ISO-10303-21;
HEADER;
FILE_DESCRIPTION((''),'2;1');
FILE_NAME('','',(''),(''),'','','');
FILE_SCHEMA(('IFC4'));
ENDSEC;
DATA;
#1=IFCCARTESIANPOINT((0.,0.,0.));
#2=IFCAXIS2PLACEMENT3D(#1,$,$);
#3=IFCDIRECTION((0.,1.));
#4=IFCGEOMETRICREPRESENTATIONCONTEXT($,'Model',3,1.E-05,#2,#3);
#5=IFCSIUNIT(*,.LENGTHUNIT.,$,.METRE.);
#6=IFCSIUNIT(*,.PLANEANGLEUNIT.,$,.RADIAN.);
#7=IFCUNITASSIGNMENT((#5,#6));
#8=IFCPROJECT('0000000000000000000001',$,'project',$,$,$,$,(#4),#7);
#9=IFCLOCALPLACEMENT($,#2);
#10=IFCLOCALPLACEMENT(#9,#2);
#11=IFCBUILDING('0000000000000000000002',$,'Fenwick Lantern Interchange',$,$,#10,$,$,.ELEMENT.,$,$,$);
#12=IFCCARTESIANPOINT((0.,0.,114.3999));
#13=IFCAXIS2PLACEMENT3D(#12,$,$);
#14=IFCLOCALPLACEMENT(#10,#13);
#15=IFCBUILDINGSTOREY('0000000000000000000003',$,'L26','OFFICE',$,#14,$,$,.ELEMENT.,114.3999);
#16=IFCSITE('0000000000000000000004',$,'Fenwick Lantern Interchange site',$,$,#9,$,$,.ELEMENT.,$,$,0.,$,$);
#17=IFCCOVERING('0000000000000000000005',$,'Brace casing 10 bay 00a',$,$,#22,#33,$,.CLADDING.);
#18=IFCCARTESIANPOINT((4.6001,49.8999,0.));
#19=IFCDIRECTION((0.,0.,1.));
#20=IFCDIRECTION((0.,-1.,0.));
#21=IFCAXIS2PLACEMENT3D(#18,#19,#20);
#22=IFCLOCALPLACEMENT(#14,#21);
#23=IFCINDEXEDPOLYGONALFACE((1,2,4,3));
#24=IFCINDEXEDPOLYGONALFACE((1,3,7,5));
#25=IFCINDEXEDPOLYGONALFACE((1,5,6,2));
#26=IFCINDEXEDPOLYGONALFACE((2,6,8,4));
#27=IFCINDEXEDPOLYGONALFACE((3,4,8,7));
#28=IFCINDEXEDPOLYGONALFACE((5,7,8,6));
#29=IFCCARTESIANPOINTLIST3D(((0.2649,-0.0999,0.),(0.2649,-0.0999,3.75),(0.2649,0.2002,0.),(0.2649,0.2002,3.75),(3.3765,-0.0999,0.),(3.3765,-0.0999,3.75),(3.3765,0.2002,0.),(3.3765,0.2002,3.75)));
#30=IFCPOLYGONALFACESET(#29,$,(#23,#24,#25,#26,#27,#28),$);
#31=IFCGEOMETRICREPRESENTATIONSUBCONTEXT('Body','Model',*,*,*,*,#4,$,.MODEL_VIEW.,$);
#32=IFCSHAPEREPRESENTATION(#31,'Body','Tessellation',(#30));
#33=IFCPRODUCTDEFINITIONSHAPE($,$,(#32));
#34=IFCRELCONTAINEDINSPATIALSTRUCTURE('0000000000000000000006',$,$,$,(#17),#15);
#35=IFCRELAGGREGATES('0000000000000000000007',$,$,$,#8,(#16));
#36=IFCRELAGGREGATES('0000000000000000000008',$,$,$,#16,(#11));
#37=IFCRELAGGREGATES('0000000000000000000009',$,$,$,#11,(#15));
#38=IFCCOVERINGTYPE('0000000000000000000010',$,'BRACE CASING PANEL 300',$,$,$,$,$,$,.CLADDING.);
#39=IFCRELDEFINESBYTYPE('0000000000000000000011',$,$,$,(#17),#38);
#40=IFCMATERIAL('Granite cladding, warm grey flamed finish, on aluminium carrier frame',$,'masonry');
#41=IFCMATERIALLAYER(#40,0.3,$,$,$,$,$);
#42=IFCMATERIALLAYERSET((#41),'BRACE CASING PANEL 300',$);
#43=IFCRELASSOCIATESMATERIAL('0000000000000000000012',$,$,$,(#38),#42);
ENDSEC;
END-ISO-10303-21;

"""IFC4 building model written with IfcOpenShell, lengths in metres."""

from ifc_helpers import new_model, si_unit, direction, frame, origin, place, context, subcontext, project, spatial, polyline, outline, extrude, material, layer, layer_set, type_object, element, save


model = new_model("IFC4")

# Units and contexts
model_context = context("Model", 3, precision=1e-05, world=origin(), true_north=direction((0.0, 1.0)))
body_context = subcontext(model_context, "Body", "Model", "MODEL_VIEW")
ifc_project = project(units=[si_unit("LENGTHUNIT", "METRE"), si_unit("PLANEANGLEUNIT", "RADIAN")], contexts=[model_context])

# Site, building, storey
site_placement = place(None, origin())
site = spatial("IfcSite", under=ifc_project, at=site_placement, Name="Fenwick Lantern Interchange site", CompositionType="ELEMENT", RefElevation=0.0)
building_placement = place(site_placement, origin())
building = spatial("IfcBuilding", under=site, at=building_placement, Name="Fenwick Lantern Interchange", CompositionType="ELEMENT")
storey_placement = place(building_placement, frame((0.0, 0.0, 114.3999)))
storey = spatial("IfcBuildingStorey", under=building, at=storey_placement, Name="L26", Description="OFFICE", CompositionType="ELEMENT", Elevation=114.3999)

# Covering
ifc_material_1 = material(Name="Granite cladding, warm grey flamed finish, on aluminium carrier frame", Category="masonry")
ifc_layer_1 = layer(ifc_material_1, 0.3)
ifc_layer_set_1 = layer_set([ifc_layer_1], Name="BRACE CASING PANEL 300")
covering_type = type_object("IfcCoveringType", Name="BRACE CASING PANEL 300", PredefinedType="CLADDING", material=ifc_layer_set_1)
covering_placement = place(storey_placement, frame((4.6001, 49.8999, 0.0), z_axis=(0.0, 0.0, 1.0), x_axis=(0.0, -1.0, 0.0)))
element("IfcCovering", 1, at=covering_placement, inside=storey, type_object=covering_type, Name="Brace casing 10 bay 00a", PredefinedType="CLADDING", context=body_context, shape_type="SweptSolid", body=[
    extrude(outline(polyline([(0.2649, 0.0), (3.3765, 0.0), (3.3765, 3.75), (0.2649, 3.75), (0.2649, 0.0)])), frame((0.0, 0.2002, 0.0), z_axis=(0.0, -1.0, 0.0), x_axis=(1.0, 0.0, 0.0)), (0.0, 0.0, 1.0), 0.3),
])

save(model, "model.ifc")
